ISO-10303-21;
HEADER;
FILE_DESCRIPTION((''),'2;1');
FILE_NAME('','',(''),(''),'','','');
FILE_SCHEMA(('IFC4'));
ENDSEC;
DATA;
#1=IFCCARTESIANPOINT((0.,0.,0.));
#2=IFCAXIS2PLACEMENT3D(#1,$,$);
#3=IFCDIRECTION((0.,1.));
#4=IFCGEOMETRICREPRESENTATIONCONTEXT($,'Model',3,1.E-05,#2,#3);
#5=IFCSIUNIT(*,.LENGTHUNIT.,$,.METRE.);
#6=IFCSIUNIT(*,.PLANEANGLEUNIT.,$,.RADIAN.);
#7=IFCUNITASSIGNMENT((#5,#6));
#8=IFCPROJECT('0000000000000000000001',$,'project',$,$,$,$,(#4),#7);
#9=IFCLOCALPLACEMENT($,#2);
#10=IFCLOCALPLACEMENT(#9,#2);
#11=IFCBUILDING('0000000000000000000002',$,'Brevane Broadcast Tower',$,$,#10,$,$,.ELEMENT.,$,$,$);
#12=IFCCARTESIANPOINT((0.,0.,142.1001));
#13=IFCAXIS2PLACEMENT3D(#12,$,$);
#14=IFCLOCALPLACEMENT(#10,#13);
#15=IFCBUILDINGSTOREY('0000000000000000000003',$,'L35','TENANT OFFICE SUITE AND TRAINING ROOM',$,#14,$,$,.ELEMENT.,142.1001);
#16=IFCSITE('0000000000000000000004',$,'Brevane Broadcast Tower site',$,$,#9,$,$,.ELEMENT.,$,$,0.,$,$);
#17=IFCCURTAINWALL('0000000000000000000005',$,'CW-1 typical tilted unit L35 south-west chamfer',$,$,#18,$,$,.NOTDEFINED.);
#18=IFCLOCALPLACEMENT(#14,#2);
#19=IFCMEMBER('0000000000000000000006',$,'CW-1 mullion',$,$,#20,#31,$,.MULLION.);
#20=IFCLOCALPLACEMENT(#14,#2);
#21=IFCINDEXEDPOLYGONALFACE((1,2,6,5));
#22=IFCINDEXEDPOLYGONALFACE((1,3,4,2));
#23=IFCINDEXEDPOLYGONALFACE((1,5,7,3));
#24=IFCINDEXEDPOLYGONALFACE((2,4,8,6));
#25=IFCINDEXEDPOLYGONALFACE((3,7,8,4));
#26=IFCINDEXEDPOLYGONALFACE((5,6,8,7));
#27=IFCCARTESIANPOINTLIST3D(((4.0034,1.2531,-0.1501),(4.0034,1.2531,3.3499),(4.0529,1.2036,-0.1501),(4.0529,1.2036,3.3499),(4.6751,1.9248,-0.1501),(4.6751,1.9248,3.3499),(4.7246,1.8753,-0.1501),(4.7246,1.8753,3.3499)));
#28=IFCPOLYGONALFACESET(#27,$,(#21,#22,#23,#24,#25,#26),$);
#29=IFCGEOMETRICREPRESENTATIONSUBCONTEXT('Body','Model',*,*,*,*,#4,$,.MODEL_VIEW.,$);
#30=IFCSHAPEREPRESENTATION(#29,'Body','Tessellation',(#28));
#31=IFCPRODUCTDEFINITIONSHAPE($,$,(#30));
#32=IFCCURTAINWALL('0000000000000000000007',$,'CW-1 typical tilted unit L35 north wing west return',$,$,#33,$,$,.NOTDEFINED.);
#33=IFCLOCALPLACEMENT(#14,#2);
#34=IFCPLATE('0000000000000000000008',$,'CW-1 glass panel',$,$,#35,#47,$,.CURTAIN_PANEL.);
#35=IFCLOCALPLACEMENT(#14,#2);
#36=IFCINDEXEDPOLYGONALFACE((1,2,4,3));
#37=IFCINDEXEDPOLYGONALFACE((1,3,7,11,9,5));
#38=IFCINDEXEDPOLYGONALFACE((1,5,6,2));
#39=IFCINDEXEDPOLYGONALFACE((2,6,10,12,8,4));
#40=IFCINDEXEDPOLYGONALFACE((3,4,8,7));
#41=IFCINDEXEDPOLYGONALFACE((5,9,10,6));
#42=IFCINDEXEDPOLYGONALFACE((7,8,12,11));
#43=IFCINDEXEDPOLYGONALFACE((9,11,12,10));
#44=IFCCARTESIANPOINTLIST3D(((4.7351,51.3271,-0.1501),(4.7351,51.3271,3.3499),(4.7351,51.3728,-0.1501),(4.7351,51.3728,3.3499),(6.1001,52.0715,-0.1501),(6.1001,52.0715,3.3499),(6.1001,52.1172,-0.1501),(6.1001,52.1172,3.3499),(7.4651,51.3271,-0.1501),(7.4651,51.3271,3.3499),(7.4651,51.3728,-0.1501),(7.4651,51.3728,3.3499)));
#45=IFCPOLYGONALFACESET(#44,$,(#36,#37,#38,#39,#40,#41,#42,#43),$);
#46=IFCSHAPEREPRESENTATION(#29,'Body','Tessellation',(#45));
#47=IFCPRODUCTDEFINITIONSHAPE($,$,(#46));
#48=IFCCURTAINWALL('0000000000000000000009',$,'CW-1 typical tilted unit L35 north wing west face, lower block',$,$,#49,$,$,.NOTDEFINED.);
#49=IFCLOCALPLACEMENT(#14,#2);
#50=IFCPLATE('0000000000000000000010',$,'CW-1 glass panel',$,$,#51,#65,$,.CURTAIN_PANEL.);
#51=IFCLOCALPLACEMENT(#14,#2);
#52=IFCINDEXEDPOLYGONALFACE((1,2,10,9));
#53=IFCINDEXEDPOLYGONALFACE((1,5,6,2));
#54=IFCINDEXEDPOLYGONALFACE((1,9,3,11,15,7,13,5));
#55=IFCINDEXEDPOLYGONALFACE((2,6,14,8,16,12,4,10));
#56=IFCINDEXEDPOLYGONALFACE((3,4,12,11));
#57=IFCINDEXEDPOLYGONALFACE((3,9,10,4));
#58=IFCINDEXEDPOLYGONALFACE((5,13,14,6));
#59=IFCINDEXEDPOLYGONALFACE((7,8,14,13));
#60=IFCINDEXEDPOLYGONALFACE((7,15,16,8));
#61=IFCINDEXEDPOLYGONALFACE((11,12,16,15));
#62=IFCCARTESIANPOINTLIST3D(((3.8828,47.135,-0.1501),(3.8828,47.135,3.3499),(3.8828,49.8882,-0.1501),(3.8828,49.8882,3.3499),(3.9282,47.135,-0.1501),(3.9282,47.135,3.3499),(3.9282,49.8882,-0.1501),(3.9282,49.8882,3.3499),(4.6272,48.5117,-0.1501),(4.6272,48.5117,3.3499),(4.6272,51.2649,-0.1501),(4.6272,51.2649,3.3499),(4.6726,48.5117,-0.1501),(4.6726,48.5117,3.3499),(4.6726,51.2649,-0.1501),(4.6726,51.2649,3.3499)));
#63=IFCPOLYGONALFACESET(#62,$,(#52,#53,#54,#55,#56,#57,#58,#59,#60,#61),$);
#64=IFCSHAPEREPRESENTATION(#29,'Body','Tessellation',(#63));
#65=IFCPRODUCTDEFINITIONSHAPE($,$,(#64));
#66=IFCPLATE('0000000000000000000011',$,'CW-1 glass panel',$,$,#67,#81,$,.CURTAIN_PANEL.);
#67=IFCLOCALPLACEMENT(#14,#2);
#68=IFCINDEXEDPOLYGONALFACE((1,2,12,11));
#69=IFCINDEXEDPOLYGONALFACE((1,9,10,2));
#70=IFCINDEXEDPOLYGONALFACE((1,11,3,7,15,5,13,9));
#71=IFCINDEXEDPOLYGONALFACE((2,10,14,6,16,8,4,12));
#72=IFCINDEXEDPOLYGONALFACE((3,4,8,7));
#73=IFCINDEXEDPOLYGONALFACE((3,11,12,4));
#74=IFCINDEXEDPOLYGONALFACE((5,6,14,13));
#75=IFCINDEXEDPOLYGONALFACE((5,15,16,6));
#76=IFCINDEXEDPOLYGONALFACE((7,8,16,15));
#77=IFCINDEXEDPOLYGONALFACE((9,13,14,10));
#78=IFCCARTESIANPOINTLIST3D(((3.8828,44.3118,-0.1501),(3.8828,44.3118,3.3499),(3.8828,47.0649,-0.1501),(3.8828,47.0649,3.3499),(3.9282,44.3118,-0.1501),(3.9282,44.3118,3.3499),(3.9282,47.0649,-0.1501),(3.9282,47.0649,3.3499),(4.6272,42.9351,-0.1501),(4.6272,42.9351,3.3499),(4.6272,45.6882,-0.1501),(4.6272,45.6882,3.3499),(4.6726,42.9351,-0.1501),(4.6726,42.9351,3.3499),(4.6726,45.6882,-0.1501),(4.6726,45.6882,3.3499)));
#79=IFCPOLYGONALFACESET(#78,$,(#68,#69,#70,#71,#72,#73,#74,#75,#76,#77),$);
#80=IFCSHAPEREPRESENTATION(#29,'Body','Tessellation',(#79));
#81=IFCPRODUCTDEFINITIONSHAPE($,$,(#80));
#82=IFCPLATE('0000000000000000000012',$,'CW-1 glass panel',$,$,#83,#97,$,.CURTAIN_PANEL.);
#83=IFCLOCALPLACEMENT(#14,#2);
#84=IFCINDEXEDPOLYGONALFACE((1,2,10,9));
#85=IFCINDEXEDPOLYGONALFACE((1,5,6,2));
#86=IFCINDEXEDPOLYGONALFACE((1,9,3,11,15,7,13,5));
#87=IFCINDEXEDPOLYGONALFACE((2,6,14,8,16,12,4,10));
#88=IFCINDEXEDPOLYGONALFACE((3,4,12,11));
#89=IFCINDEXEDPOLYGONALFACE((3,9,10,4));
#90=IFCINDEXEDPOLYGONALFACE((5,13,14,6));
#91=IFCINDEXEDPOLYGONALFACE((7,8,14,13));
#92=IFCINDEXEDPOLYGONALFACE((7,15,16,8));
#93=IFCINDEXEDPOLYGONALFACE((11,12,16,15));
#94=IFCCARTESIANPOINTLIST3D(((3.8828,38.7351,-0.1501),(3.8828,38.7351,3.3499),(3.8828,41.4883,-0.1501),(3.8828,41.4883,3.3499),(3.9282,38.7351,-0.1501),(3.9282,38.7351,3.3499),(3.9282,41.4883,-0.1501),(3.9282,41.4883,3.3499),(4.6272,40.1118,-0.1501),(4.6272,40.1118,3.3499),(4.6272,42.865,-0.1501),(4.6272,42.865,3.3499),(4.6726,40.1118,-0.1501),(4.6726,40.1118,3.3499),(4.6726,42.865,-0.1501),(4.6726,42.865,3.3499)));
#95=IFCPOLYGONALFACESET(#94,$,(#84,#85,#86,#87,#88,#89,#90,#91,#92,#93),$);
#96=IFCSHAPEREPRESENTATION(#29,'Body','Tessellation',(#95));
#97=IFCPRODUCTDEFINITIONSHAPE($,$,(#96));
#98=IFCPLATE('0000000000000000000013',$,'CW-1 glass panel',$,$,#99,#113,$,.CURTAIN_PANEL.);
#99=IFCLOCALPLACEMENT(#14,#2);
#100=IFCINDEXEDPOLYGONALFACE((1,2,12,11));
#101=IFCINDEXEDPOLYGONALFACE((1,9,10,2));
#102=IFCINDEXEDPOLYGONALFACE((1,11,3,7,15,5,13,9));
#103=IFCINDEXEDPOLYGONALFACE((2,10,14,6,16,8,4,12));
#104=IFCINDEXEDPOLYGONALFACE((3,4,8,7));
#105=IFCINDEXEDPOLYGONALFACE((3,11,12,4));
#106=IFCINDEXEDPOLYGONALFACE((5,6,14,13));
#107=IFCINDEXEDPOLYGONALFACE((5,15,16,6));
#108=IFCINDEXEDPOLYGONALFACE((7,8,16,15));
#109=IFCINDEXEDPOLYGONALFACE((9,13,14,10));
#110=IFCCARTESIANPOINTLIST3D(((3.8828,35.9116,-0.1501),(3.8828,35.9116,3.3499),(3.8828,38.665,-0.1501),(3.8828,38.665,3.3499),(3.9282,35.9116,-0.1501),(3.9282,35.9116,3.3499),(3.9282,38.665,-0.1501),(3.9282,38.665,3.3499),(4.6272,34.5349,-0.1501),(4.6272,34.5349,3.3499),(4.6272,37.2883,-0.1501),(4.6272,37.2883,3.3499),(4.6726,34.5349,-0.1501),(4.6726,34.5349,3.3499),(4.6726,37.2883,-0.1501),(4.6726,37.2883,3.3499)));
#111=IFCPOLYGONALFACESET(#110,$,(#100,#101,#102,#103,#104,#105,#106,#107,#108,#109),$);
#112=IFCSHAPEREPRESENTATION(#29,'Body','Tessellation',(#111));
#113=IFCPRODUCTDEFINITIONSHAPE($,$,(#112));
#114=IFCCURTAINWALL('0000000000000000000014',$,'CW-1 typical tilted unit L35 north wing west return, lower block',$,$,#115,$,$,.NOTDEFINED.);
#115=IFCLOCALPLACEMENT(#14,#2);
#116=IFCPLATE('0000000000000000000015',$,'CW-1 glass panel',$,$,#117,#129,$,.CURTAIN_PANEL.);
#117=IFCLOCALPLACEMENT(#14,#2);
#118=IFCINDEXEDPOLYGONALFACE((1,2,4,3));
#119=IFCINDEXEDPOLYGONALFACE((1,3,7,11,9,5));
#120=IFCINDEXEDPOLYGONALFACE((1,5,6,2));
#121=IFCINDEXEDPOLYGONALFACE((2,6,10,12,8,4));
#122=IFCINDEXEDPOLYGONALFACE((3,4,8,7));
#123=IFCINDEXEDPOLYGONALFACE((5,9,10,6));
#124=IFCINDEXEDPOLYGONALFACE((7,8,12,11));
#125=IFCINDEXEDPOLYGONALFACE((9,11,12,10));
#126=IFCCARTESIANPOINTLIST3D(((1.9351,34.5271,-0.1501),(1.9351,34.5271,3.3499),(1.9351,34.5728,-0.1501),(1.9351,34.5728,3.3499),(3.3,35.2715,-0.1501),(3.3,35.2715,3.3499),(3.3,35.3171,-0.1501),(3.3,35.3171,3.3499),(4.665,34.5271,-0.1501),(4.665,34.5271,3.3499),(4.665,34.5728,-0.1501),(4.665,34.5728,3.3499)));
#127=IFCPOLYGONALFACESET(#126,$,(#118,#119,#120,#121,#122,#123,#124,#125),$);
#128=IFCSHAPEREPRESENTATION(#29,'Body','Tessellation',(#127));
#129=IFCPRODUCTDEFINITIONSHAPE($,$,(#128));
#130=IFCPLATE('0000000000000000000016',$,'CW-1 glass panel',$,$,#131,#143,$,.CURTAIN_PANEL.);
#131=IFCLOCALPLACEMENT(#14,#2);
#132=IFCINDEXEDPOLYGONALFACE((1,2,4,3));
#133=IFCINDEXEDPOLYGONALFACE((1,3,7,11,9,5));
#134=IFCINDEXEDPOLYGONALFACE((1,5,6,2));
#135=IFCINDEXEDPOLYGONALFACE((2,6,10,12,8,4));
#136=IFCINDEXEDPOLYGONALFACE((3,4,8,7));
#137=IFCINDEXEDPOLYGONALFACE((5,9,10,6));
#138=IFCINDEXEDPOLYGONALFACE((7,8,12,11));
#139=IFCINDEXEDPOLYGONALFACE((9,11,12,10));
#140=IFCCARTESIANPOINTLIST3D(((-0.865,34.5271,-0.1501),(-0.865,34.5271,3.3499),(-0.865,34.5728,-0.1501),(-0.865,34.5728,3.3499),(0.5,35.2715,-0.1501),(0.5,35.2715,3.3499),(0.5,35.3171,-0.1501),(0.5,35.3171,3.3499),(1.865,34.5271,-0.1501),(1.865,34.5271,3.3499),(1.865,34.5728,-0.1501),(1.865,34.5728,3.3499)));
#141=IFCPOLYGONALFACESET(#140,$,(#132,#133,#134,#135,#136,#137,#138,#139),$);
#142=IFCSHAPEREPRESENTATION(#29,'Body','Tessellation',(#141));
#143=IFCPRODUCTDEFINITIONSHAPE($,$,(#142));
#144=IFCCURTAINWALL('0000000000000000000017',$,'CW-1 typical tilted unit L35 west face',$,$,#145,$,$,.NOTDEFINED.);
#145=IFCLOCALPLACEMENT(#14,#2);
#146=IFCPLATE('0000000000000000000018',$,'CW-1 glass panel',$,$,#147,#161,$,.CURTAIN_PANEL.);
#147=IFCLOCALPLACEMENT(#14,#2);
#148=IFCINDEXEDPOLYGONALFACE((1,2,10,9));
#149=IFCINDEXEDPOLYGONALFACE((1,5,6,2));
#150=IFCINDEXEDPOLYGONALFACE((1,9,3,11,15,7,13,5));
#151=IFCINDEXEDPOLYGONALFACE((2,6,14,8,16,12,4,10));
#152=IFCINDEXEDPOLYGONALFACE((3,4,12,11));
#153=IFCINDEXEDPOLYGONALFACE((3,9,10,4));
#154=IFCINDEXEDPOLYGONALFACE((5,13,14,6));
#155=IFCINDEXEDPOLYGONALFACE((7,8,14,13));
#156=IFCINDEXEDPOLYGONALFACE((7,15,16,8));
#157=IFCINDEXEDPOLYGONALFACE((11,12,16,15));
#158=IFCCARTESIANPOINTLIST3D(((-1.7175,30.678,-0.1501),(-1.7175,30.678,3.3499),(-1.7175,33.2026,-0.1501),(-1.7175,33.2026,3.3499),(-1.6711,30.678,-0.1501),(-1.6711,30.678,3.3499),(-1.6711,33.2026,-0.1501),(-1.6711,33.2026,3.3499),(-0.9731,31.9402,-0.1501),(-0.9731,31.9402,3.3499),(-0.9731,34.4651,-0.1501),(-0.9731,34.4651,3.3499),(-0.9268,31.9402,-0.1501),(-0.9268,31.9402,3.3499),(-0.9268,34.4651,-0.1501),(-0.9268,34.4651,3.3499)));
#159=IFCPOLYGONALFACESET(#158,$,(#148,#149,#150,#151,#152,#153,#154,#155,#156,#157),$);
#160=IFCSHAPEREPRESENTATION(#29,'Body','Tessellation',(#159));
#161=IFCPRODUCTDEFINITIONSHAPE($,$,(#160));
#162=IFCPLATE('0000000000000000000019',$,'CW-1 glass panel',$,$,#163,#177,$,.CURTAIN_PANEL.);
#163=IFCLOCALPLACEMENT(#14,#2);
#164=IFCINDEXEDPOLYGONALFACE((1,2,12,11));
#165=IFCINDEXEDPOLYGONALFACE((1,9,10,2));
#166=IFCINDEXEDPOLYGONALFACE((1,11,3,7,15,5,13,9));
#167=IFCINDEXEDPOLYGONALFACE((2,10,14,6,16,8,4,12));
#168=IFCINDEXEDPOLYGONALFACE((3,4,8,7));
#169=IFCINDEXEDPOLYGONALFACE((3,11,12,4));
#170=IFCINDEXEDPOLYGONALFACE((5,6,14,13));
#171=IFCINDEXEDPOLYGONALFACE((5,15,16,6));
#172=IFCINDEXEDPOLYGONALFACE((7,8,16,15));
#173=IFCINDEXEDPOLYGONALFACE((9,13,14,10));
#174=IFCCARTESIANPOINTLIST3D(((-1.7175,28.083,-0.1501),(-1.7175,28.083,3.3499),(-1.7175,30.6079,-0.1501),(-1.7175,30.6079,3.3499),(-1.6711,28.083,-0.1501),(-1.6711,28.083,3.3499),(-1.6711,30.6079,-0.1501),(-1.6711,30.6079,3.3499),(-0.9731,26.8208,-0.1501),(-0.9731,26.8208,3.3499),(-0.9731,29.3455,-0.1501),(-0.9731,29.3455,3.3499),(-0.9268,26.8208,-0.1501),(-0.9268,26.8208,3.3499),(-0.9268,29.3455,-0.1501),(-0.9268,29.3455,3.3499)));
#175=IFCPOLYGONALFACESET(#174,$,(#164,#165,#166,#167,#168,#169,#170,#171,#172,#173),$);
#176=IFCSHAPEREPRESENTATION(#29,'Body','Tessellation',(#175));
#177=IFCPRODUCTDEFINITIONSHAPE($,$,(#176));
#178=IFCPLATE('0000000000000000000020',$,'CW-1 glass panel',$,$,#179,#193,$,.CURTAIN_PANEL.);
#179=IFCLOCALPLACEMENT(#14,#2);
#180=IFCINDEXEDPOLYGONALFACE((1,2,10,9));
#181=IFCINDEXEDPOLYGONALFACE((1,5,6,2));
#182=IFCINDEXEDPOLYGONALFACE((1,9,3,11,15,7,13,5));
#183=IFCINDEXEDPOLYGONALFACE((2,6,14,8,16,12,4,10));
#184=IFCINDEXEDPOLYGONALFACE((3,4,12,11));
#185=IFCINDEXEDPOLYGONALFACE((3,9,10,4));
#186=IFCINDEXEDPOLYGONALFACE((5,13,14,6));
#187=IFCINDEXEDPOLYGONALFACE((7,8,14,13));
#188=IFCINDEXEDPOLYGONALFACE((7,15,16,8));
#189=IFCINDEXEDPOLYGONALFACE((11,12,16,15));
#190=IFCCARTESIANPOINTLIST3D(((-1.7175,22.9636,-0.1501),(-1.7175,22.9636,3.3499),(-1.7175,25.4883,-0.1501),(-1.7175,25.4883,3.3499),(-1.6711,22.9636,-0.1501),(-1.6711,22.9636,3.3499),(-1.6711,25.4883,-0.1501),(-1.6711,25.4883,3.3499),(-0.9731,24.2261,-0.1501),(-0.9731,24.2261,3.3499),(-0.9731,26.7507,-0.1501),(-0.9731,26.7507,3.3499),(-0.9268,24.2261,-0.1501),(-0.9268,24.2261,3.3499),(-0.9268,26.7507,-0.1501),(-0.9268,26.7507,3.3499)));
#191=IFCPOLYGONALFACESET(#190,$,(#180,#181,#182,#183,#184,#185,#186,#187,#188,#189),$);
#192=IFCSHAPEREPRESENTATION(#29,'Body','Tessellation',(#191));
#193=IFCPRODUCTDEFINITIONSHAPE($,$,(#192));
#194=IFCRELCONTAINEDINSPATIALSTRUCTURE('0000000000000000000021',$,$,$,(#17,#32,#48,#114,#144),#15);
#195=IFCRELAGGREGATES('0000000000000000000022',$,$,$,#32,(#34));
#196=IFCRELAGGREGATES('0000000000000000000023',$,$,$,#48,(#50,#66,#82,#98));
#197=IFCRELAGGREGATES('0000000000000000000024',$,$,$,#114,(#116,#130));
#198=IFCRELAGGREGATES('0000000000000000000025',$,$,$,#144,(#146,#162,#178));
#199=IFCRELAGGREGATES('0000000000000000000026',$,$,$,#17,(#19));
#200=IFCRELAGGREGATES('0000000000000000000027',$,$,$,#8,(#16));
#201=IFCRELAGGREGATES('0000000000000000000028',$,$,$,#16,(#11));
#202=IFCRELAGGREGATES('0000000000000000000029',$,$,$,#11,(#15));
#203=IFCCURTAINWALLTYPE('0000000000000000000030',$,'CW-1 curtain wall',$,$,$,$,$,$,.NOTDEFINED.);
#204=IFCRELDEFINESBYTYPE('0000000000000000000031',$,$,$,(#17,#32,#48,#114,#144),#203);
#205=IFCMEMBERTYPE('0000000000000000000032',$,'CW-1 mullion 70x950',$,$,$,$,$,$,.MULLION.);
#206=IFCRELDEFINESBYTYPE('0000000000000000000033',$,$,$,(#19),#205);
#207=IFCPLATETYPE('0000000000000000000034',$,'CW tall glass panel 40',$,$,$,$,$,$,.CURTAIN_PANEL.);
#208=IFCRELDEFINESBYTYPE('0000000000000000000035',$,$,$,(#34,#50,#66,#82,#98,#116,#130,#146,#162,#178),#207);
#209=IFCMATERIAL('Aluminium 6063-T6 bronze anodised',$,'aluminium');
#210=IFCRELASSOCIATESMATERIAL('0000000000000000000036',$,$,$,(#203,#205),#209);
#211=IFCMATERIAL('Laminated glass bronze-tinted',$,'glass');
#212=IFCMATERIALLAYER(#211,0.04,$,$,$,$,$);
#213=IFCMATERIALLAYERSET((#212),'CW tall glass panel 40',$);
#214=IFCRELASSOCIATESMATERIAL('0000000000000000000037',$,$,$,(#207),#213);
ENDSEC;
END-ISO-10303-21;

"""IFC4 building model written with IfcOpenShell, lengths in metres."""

from ifc_helpers import new_model, si_unit, direction, frame, origin, origin_2d, place, context, subcontext, project, spatial, polyline, rectangle, outline, extrude, material, layer, layer_set, material_profile, profile_set, type_object, element, aggregate, save


model = new_model("IFC4")

# Units and contexts
model_context = context("Model", 3, precision=1e-05, world=origin(), true_north=direction((0.0, 1.0)))
body_context = subcontext(model_context, "Body", "Model", "MODEL_VIEW")
ifc_project = project(units=[si_unit("LENGTHUNIT", "METRE"), si_unit("PLANEANGLEUNIT", "RADIAN")], contexts=[model_context])

# Site, building, storey
site_placement = place(None, origin())
site = spatial("IfcSite", under=ifc_project, at=site_placement, Name="Brevane Broadcast Tower site", CompositionType="ELEMENT", RefElevation=0.0)
building_placement = place(site_placement, origin())
building = spatial("IfcBuilding", under=site, at=building_placement, Name="Brevane Broadcast Tower", CompositionType="ELEMENT")
storey_placement = place(building_placement, frame((0.0, 0.0, 142.1001)))
storey = spatial("IfcBuildingStorey", under=building, at=storey_placement, Name="L35", Description="TENANT OFFICE SUITE AND TRAINING ROOM", CompositionType="ELEMENT", Elevation=142.1001)

# Curtain wall, member
ifc_material_1 = material(Name="Aluminium 6063-T6 bronze anodised", Category="aluminium")
curtain_wall_type = type_object("IfcCurtainWallType", Name="CW-1 curtain wall", PredefinedType="NOTDEFINED", material=ifc_material_1)
curtain_wall_1_placement = place(storey_placement, origin())
curtain_wall_1 = element("IfcCurtainWall", 1, at=curtain_wall_1_placement, inside=storey, type_object=curtain_wall_type, Name="CW-1 typical tilted unit L35 south-west chamfer", PredefinedType="NOTDEFINED")
ifc_material_profile = material_profile(ifc_material_1, rectangle(XDim=0.95, YDim=0.0701, at=origin_2d()), Name="RECT 70x950")
ifc_profile_set = profile_set([ifc_material_profile], Name="Aluminium 6063-T6 bronze anodised")
member_type = type_object("IfcMemberType", Name="CW-1 mullion 70x950", PredefinedType="MULLION", material=ifc_profile_set)
member_placement = place(storey_placement, frame((4.364, 1.5642, -0.1501), z_axis=(0.0, 0.0, 1.0), x_axis=(0.707107, 0.707107, 0.0)))
member = element("IfcMember", 2, at=member_placement, type_object=member_type, Name="CW-1 mullion", PredefinedType="MULLION", context=body_context, shape_type="SweptSolid", body=[
    extrude(rectangle(XDim=0.95, YDim=0.0701, at=origin_2d()), origin(), (0.0, 0.0, 1.0), 3.5),
])

# Curtain wall, plate
curtain_wall_2_placement = place(storey_placement, origin())
curtain_wall_2 = element("IfcCurtainWall", 3, at=curtain_wall_2_placement, inside=storey, type_object=curtain_wall_type, Name="CW-1 typical tilted unit L35 north wing west return", PredefinedType="NOTDEFINED")
ifc_material_2 = material(Name="Laminated glass bronze-tinted", Category="glass")
ifc_layer_1 = layer(ifc_material_2, 0.04)
ifc_layer_set_1 = layer_set([ifc_layer_1], Name="CW tall glass panel 40")
plate_type = type_object("IfcPlateType", Name="CW tall glass panel 40", PredefinedType="CURTAIN_PANEL", material=ifc_layer_set_1)
plate_1_placement = place(storey_placement, frame((0.0, 0.0, -0.1501)))
plate_1 = element("IfcPlate", 4, at=plate_1_placement, type_object=plate_type, Name="CW-1 glass panel", PredefinedType="CURTAIN_PANEL", context=body_context, shape_type="SweptSolid", body=[
    extrude(outline(polyline([(7.4651, 51.3271), (7.4651, 51.3728), (6.1001, 52.1172), (4.7351, 51.3728), (4.7351, 51.3271), (6.1001, 52.0715), (7.4651, 51.3271)])), origin(), (0.0, 0.0, 1.0), 3.5),
])
aggregate(curtain_wall_2, [plate_1])

# Curtain walls, plates
curtain_wall_3_placement = place(storey_placement, origin())
curtain_wall_3 = element("IfcCurtainWall", 5, at=curtain_wall_3_placement, inside=storey, type_object=curtain_wall_type, Name="CW-1 typical tilted unit L35 north wing west face, lower block", PredefinedType="NOTDEFINED")
plate_2_placement = place(storey_placement, frame((0.0, 0.0, -0.1501)))
plate_2 = element("IfcPlate", 6, at=plate_2_placement, type_object=plate_type, Name="CW-1 glass panel", PredefinedType="CURTAIN_PANEL", context=body_context, shape_type="SweptSolid", body=[
    extrude(outline(polyline([(4.6726, 51.2649), (4.6272, 51.2649), (3.8828, 49.8882), (4.6272, 48.5117), (3.8828, 47.135), (3.9282, 47.135), (4.6726, 48.5117), (3.9282, 49.8882), (4.6726, 51.2649)])), origin(), (0.0, 0.0, 1.0), 3.5),
])
plate_3_placement = place(storey_placement, frame((0.0, 0.0, -0.1501)))
plate_3 = element("IfcPlate", 7, at=plate_3_placement, type_object=plate_type, Name="CW-1 glass panel", PredefinedType="CURTAIN_PANEL", context=body_context, shape_type="SweptSolid", body=[
    extrude(outline(polyline([(3.9282, 47.0649), (3.8828, 47.0649), (4.6272, 45.6882), (3.8828, 44.3118), (4.6272, 42.9351), (4.6726, 42.9351), (3.9282, 44.3118), (4.6726, 45.6882), (3.9282, 47.0649)])), origin(), (0.0, 0.0, 1.0), 3.5),
])
plate_4_placement = place(storey_placement, frame((0.0, 0.0, -0.1501)))
plate_4 = element("IfcPlate", 8, at=plate_4_placement, type_object=plate_type, Name="CW-1 glass panel", PredefinedType="CURTAIN_PANEL", context=body_context, shape_type="SweptSolid", body=[
    extrude(outline(polyline([(4.6726, 42.865), (4.6272, 42.865), (3.8828, 41.4883), (4.6272, 40.1118), (3.8828, 38.7351), (3.9282, 38.7351), (4.6726, 40.1118), (3.9282, 41.4883), (4.6726, 42.865)])), origin(), (0.0, 0.0, 1.0), 3.5),
])
plate_5_placement = place(storey_placement, frame((0.0, 0.0, -0.1501)))
plate_5 = element("IfcPlate", 9, at=plate_5_placement, type_object=plate_type, Name="CW-1 glass panel", PredefinedType="CURTAIN_PANEL", context=body_context, shape_type="SweptSolid", body=[
    extrude(outline(polyline([(3.9282, 38.665), (3.8828, 38.665), (4.6272, 37.2883), (3.8828, 35.9116), (4.6272, 34.5349), (4.6726, 34.5349), (3.9282, 35.9116), (4.6726, 37.2883), (3.9282, 38.665)])), origin(), (0.0, 0.0, 1.0), 3.5),
])
aggregate(curtain_wall_3, [plate_2, plate_3, plate_4, plate_5])
curtain_wall_4_placement = place(storey_placement, origin())
curtain_wall_4 = element("IfcCurtainWall", 10, at=curtain_wall_4_placement, inside=storey, type_object=curtain_wall_type, Name="CW-1 typical tilted unit L35 north wing west return, lower block", PredefinedType="NOTDEFINED")
plate_6_placement = place(storey_placement, frame((0.0, 0.0, -0.1501)))
plate_6 = element("IfcPlate", 11, at=plate_6_placement, type_object=plate_type, Name="CW-1 glass panel", PredefinedType="CURTAIN_PANEL", context=body_context, shape_type="SweptSolid", body=[
    extrude(outline(polyline([(4.665, 34.5271), (4.665, 34.5728), (3.3, 35.3171), (1.9351, 34.5728), (1.9351, 34.5271), (3.3, 35.2715), (4.665, 34.5271)])), origin(), (0.0, 0.0, 1.0), 3.5),
])
plate_7_placement = place(storey_placement, frame((0.0, 0.0, -0.1501)))
plate_7 = element("IfcPlate", 12, at=plate_7_placement, type_object=plate_type, Name="CW-1 glass panel", PredefinedType="CURTAIN_PANEL", context=body_context, shape_type="SweptSolid", body=[
    extrude(outline(polyline([(1.865, 34.5271), (1.865, 34.5728), (0.5, 35.3171), (-0.865, 34.5728), (-0.865, 34.5271), (0.5, 35.2715), (1.865, 34.5271)])), origin(), (0.0, 0.0, 1.0), 3.5),
])
aggregate(curtain_wall_4, [plate_6, plate_7])
curtain_wall_5_placement = place(storey_placement, origin())
curtain_wall_5 = element("IfcCurtainWall", 13, at=curtain_wall_5_placement, inside=storey, type_object=curtain_wall_type, Name="CW-1 typical tilted unit L35 west face", PredefinedType="NOTDEFINED")
plate_8_placement = place(storey_placement, frame((0.0, 0.0, -0.1501)))
plate_8 = element("IfcPlate", 14, at=plate_8_placement, type_object=plate_type, Name="CW-1 glass panel", PredefinedType="CURTAIN_PANEL", context=body_context, shape_type="SweptSolid", body=[
    extrude(outline(polyline([(-0.9268, 34.4651), (-0.9731, 34.4651), (-1.7175, 33.2026), (-0.9731, 31.9402), (-1.7175, 30.678), (-1.6711, 30.678), (-0.9268, 31.9402), (-1.6711, 33.2026), (-0.9268, 34.4651)])), origin(), (0.0, 0.0, 1.0), 3.5),
])
plate_9_placement = place(storey_placement, frame((0.0, 0.0, -0.1501)))
plate_9 = element("IfcPlate", 15, at=plate_9_placement, type_object=plate_type, Name="CW-1 glass panel", PredefinedType="CURTAIN_PANEL", context=body_context, shape_type="SweptSolid", body=[
    extrude(outline(polyline([(-1.6711, 30.6079), (-1.7175, 30.6079), (-0.9731, 29.3455), (-1.7175, 28.083), (-0.9731, 26.8208), (-0.9268, 26.8208), (-1.6711, 28.083), (-0.9268, 29.3455), (-1.6711, 30.6079)])), origin(), (0.0, 0.0, 1.0), 3.5),
])
plate_10_placement = place(storey_placement, frame((0.0, 0.0, -0.1501)))
plate_10 = element("IfcPlate", 16, at=plate_10_placement, type_object=plate_type, Name="CW-1 glass panel", PredefinedType="CURTAIN_PANEL", context=body_context, shape_type="SweptSolid", body=[
    extrude(outline(polyline([(-0.9268, 26.7507), (-0.9731, 26.7507), (-1.7175, 25.4883), (-0.9731, 24.2261), (-1.7175, 22.9636), (-1.6711, 22.9636), (-0.9268, 24.2261), (-1.6711, 25.4883), (-0.9268, 26.7507)])), origin(), (0.0, 0.0, 1.0), 3.5),
])
aggregate(curtain_wall_5, [plate_8, plate_9, plate_10])

aggregate(curtain_wall_1, [member])

save(model, "model.ifc")
